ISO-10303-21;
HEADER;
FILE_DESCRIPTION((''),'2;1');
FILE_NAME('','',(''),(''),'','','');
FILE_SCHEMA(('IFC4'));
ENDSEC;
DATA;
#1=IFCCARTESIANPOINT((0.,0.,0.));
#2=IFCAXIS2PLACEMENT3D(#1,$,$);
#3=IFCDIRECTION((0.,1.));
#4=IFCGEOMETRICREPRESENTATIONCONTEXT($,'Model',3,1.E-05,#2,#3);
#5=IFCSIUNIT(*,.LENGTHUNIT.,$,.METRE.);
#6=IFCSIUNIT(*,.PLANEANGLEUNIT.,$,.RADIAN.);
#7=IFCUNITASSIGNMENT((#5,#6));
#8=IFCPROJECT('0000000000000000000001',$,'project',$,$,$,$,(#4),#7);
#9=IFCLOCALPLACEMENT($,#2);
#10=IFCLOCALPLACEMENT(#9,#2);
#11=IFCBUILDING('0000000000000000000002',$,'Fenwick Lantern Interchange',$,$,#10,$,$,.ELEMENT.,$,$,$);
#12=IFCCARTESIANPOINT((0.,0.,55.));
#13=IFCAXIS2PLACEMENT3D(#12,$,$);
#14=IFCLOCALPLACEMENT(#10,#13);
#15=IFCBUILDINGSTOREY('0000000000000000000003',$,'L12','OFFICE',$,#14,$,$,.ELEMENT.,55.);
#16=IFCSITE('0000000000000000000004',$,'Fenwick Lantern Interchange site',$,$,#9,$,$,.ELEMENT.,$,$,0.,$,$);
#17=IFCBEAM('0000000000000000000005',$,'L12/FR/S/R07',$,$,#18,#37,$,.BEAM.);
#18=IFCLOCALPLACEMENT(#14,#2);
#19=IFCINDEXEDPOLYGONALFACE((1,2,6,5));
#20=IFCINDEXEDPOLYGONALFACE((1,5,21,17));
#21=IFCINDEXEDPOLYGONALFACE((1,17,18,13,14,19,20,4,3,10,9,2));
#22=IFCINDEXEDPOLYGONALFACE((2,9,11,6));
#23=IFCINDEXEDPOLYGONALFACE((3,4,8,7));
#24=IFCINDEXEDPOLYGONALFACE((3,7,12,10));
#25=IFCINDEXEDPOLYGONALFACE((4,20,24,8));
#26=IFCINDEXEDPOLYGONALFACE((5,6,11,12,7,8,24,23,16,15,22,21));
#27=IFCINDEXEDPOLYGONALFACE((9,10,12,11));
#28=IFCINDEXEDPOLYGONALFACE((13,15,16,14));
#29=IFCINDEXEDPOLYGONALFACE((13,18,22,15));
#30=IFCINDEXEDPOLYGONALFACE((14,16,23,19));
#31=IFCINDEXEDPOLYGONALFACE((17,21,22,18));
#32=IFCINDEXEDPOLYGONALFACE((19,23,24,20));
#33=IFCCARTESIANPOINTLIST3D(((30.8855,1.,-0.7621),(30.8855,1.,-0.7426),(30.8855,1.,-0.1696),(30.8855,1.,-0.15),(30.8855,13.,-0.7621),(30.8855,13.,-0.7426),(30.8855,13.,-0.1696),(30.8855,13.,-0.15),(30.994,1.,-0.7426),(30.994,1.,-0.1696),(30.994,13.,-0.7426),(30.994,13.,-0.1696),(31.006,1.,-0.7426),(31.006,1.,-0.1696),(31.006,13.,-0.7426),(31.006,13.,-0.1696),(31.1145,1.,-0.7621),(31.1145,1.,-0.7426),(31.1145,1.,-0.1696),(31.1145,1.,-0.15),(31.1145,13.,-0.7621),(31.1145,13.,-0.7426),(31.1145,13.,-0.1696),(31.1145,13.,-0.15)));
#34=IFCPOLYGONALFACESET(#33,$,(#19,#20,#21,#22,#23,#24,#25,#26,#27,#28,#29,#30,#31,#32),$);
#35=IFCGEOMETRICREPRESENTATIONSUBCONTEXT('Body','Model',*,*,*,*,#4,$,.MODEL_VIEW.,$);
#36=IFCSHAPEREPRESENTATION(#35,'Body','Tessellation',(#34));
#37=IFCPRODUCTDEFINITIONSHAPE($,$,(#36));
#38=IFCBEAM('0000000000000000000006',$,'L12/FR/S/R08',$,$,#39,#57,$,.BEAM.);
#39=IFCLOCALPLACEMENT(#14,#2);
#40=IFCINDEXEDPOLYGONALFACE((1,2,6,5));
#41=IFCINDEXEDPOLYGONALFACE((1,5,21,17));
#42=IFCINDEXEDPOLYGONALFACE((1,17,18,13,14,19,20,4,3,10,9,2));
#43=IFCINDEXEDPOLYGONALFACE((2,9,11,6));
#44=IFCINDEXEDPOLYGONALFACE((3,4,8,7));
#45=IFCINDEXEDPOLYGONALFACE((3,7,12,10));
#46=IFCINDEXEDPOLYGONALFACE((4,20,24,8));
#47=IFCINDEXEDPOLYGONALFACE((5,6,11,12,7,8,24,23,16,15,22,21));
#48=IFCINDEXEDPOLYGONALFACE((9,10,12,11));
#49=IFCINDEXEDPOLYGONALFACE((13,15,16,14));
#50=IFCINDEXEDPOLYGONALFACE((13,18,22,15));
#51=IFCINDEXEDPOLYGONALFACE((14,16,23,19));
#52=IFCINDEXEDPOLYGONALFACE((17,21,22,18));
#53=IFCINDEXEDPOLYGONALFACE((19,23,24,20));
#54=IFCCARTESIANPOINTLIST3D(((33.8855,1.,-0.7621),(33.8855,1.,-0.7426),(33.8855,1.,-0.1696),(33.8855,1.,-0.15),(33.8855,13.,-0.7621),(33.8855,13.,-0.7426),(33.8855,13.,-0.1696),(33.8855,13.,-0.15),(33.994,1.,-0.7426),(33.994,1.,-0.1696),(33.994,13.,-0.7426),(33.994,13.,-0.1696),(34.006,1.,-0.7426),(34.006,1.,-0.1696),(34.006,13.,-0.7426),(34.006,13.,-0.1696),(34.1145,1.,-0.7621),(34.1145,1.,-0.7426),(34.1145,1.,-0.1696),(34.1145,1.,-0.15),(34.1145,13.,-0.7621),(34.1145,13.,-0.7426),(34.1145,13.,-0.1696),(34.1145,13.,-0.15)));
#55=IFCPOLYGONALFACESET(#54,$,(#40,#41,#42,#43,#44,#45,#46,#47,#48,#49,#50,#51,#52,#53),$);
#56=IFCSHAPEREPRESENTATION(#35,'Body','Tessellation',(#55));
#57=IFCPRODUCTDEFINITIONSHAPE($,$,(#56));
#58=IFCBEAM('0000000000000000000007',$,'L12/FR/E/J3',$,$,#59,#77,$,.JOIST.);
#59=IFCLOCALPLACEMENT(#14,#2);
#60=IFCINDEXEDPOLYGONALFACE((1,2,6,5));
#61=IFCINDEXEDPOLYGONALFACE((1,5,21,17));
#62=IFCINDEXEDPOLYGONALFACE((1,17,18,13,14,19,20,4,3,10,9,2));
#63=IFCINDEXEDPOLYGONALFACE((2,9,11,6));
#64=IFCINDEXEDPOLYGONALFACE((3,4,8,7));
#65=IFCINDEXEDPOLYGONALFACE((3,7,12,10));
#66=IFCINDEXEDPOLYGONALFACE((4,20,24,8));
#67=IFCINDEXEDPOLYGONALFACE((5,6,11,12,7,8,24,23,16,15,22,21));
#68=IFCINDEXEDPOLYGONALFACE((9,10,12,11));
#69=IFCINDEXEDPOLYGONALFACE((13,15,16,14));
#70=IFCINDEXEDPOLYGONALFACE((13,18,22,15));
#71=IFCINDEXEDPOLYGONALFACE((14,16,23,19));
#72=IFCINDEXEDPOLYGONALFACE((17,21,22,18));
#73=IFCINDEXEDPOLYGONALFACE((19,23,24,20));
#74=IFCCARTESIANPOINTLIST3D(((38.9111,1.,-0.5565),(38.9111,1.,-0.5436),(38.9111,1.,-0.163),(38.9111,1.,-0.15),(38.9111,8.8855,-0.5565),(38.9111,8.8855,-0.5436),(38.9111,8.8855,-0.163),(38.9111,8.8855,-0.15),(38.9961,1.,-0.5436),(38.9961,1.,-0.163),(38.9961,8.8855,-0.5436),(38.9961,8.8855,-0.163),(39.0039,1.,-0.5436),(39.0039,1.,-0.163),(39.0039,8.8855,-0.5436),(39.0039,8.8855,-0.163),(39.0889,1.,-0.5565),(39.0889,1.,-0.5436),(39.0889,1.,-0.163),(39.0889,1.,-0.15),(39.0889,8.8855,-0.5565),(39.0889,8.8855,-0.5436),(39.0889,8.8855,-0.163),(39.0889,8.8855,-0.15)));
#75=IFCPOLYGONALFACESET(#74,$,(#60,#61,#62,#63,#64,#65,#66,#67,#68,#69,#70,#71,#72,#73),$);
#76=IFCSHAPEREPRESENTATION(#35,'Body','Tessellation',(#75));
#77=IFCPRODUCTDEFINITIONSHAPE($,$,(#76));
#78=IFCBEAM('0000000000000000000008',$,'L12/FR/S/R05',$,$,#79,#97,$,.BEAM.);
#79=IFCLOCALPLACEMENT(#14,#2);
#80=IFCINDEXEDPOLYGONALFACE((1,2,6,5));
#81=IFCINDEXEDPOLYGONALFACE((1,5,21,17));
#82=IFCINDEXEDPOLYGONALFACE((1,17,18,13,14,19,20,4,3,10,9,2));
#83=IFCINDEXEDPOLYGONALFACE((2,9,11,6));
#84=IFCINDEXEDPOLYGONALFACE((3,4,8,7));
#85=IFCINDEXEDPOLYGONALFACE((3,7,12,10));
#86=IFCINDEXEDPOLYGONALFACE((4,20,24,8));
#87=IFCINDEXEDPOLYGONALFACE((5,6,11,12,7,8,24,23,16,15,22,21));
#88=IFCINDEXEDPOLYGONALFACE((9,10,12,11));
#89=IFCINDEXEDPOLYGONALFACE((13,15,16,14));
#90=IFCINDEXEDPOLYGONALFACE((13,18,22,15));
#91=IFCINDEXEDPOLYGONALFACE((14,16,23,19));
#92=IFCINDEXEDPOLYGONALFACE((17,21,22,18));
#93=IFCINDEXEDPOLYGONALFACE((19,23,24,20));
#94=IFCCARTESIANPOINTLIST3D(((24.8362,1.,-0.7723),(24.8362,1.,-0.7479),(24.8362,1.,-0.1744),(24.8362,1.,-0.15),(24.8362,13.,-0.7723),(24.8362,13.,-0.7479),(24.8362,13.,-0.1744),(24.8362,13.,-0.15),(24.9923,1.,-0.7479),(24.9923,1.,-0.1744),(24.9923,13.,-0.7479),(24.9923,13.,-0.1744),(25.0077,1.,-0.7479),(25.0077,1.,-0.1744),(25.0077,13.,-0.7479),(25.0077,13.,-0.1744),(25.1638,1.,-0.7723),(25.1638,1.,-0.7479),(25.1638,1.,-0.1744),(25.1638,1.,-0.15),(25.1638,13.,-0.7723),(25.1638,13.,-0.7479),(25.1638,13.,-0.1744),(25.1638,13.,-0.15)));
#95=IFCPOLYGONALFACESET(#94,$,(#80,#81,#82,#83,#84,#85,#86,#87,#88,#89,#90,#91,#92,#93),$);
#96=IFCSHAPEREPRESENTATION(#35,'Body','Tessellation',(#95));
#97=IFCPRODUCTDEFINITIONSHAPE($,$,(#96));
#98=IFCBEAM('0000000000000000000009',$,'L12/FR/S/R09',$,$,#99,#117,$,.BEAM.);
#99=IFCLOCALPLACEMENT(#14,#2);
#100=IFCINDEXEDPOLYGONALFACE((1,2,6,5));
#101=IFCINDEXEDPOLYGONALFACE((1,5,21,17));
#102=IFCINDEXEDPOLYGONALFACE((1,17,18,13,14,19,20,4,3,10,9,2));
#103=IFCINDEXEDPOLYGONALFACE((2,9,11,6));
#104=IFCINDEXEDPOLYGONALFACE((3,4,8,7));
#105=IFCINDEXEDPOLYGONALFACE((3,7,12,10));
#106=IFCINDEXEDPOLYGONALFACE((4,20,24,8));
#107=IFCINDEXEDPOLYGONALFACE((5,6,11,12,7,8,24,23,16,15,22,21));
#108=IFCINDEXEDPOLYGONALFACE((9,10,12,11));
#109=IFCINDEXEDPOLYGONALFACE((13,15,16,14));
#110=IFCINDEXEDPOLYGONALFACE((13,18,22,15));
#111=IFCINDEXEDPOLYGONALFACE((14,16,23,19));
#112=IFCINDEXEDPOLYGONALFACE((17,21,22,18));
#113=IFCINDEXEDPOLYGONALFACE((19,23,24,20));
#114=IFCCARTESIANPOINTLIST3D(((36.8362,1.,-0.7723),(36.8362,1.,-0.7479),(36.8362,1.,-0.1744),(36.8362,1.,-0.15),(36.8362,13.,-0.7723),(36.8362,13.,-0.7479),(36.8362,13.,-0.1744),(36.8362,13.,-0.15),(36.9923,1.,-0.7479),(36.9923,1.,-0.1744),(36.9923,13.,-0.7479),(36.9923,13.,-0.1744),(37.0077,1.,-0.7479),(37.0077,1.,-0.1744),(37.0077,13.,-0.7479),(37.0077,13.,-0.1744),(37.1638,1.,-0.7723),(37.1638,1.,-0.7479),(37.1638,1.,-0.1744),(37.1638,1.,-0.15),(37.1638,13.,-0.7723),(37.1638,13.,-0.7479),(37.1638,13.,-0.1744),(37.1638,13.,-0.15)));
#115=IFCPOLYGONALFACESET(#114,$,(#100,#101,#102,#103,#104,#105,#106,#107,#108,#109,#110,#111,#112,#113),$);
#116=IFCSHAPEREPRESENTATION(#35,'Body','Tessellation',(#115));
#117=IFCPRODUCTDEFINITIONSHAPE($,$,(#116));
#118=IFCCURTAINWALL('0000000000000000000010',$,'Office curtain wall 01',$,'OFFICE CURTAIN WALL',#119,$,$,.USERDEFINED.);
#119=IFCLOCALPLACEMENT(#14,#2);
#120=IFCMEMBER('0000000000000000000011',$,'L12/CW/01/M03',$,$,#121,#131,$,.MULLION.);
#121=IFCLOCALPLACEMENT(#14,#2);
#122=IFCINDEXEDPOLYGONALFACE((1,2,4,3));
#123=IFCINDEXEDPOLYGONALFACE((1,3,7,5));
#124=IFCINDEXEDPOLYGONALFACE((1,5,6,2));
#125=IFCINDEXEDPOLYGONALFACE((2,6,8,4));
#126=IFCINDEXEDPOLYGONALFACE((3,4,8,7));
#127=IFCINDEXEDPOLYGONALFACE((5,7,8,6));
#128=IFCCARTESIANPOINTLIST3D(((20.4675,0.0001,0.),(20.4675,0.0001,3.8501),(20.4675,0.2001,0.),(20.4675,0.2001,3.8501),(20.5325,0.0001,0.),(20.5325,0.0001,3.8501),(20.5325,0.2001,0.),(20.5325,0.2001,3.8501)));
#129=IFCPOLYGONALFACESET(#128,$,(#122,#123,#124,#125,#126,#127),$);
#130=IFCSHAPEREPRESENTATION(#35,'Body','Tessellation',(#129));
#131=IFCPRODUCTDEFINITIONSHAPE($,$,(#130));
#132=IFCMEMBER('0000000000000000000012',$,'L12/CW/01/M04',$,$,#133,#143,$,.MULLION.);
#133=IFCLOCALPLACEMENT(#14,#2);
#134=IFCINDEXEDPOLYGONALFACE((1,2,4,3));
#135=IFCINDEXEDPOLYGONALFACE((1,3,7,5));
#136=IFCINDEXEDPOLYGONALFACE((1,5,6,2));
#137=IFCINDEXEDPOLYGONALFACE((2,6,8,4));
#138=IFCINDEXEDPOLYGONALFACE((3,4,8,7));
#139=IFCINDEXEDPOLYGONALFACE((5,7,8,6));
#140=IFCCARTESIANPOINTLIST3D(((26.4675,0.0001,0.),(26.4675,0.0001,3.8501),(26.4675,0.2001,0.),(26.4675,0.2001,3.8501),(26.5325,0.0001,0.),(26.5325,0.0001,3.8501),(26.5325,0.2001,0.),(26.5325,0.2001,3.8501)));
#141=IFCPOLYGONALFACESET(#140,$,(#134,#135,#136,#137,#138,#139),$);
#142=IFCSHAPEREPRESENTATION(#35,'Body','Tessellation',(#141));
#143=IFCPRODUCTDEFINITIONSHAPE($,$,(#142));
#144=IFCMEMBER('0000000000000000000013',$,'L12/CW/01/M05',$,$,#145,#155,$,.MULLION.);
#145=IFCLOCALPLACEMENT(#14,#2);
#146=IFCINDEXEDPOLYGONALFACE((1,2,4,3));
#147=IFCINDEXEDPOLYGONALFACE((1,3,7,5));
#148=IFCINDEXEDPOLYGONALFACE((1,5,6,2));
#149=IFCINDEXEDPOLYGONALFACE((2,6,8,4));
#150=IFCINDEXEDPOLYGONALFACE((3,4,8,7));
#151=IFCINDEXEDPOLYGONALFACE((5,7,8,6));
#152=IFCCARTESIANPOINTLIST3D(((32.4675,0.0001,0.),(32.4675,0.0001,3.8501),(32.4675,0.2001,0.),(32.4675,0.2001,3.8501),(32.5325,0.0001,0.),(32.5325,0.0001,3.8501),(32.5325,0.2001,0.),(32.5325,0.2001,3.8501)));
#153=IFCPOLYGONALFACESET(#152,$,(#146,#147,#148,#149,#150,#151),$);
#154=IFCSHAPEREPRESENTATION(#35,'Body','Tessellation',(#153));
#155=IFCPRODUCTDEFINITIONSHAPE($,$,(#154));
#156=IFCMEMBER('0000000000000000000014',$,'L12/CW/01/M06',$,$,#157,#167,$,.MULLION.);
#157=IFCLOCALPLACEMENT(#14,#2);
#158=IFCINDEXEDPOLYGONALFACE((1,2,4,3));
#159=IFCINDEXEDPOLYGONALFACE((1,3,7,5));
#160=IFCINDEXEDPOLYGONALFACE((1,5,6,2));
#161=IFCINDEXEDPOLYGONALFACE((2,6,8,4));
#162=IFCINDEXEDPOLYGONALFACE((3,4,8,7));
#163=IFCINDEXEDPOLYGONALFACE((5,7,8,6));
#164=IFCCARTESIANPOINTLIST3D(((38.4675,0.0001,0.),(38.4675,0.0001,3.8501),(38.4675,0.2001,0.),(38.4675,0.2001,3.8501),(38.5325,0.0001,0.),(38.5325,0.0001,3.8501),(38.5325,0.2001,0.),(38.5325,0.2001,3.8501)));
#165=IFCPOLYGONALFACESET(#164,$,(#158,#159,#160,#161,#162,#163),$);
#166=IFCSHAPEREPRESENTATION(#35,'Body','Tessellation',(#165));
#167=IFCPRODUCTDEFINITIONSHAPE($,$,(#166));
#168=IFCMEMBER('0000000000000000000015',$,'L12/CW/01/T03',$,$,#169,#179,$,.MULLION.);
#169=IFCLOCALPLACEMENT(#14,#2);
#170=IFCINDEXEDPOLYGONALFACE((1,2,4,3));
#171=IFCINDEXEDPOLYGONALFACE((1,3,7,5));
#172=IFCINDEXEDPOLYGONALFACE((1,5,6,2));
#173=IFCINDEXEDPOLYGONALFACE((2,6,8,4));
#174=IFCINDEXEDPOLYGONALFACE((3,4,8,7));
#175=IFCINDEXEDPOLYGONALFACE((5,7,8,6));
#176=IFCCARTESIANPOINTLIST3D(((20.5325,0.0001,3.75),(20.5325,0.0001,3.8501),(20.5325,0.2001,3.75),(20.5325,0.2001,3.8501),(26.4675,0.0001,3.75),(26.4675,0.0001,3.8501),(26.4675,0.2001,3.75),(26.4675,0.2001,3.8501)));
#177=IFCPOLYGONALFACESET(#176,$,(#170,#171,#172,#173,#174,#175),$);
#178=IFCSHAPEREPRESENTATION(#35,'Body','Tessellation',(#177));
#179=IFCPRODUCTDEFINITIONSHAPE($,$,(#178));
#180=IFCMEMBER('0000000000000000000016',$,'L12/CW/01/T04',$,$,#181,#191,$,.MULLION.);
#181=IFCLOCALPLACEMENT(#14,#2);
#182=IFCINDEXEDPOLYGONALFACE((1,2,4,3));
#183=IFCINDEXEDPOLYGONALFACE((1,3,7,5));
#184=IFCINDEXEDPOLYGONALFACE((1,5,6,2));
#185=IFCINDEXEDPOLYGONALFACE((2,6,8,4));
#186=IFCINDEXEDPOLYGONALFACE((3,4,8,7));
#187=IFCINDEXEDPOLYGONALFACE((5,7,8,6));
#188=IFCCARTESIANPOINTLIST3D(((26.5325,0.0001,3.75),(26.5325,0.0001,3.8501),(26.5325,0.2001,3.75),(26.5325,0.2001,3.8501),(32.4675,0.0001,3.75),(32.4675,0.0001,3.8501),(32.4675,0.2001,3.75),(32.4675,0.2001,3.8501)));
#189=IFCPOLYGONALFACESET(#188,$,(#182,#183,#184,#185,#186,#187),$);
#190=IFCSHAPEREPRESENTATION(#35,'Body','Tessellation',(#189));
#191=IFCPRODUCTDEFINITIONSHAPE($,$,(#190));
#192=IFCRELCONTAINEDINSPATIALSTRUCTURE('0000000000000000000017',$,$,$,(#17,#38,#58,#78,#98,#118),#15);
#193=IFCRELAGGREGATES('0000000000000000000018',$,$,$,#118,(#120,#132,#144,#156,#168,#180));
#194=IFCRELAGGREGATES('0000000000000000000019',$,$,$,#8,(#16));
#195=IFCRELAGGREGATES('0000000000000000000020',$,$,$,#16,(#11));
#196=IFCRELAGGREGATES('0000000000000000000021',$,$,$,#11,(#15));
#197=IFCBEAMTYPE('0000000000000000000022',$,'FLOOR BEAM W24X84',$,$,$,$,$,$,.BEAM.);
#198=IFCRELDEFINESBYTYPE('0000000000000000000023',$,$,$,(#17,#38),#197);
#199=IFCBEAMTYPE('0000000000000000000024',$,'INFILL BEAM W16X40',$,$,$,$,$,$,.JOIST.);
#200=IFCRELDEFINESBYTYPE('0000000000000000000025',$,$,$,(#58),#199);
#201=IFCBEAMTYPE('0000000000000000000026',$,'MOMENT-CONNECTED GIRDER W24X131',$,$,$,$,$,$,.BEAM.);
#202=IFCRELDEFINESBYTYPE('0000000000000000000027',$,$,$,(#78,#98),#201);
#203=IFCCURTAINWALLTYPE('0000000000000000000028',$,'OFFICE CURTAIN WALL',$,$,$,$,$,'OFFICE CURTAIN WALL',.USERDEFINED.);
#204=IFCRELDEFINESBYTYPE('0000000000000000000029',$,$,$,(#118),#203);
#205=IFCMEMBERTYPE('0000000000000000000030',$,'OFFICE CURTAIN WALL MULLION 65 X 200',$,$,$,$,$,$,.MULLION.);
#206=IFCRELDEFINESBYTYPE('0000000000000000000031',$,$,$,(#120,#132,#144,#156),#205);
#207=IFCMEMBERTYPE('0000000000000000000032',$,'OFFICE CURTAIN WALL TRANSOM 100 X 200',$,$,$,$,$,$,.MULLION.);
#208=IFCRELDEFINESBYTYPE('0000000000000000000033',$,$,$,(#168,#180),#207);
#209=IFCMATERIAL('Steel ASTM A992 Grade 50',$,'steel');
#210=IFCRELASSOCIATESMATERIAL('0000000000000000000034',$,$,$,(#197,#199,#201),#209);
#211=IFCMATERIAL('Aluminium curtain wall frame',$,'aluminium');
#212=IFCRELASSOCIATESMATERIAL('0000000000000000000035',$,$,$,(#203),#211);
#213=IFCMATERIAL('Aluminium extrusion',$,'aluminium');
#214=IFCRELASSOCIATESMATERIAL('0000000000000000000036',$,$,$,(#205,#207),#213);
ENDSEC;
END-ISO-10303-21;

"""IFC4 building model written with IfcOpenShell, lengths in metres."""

from ifc_helpers import new_model, si_unit, direction, frame, origin, origin_2d, place, context, subcontext, project, spatial, rectangle, i_section, extrude, material, material_profile, profile_set, type_object, element, aggregate, save


model = new_model("IFC4")

# Units and contexts
model_context = context("Model", 3, precision=1e-05, world=origin(), true_north=direction((0.0, 1.0)))
body_context = subcontext(model_context, "Body", "Model", "MODEL_VIEW")
ifc_project = project(units=[si_unit("LENGTHUNIT", "METRE"), si_unit("PLANEANGLEUNIT", "RADIAN")], contexts=[model_context])

# Site, building, storey
site_placement = place(None, origin())
site = spatial("IfcSite", under=ifc_project, at=site_placement, Name="Fenwick Lantern Interchange site", CompositionType="ELEMENT", RefElevation=0.0)
building_placement = place(site_placement, origin())
building = spatial("IfcBuilding", under=site, at=building_placement, Name="Fenwick Lantern Interchange", CompositionType="ELEMENT")
storey_placement = place(building_placement, frame((0.0, 0.0, 55.0)))
storey = spatial("IfcBuildingStorey", under=building, at=storey_placement, Name="L12", Description="OFFICE", CompositionType="ELEMENT", Elevation=55.0)

# Shared definitions
ifc_material_1 = material(Name="Steel ASTM A992 Grade 50", Category="steel")

# Beams
ifc_material_profile_1 = material_profile(ifc_material_1, i_section(OverallWidth=0.229, OverallDepth=0.6121, WebThickness=0.012, FlangeThickness=0.0195, at=origin_2d()), Name="W24X84")
ifc_profile_set_1 = profile_set([ifc_material_profile_1], Name="Steel ASTM A992 Grade 50")
beam_type_1 = type_object("IfcBeamType", Name="FLOOR BEAM W24X84", PredefinedType="BEAM", material=ifc_profile_set_1)
for number, where, z_axis, x_axis, name in (
    (1, (31.0, 1.0, -0.4561), (0.0, 1.0, 0.0), (-1.0, 0.0, 0.0), "L12/FR/S/R07"),
    (2, (34.0, 1.0, -0.4561), (0.0, 1.0, 0.0), (-1.0, 0.0, 0.0), "L12/FR/S/R08"),
):
    element("IfcBeam", number, at=place(storey_placement, frame(where, z_axis=z_axis, x_axis=x_axis)), inside=storey, type_object=beam_type_1, Name=name, PredefinedType="BEAM", context=body_context, shape_type="SweptSolid", body=[
        extrude(i_section(OverallWidth=0.229, OverallDepth=0.6121, WebThickness=0.012, FlangeThickness=0.0195, at=origin_2d()), origin(), (0.0, 0.0, 1.0), 12.0),
    ])
ifc_material_profile_2 = material_profile(ifc_material_1, i_section(OverallWidth=0.1777, OverallDepth=0.4065, WebThickness=0.0078, FlangeThickness=0.0129, at=origin_2d()), Name="W16X40")
ifc_profile_set_2 = profile_set([ifc_material_profile_2], Name="Steel ASTM A992 Grade 50")
beam_type_2 = type_object("IfcBeamType", Name="INFILL BEAM W16X40", PredefinedType="JOIST", material=ifc_profile_set_2)
beam_1_placement = place(storey_placement, frame((39.0, 1.0, -0.3533), z_axis=(0.0, 1.0, 0.0), x_axis=(-1.0, 0.0, 0.0)))
element("IfcBeam", 3, at=beam_1_placement, inside=storey, type_object=beam_type_2, Name="L12/FR/E/J3", PredefinedType="JOIST", context=body_context, shape_type="SweptSolid", body=[
    extrude(i_section(OverallWidth=0.1777, OverallDepth=0.4065, WebThickness=0.0078, FlangeThickness=0.0129, at=origin_2d()), origin(), (0.0, 0.0, 1.0), 7.8855),
])
ifc_material_profile_3 = material_profile(ifc_material_1, i_section(OverallWidth=0.3276, OverallDepth=0.6223, WebThickness=0.0154, FlangeThickness=0.0244, at=origin_2d()), Name="W24X131")
ifc_profile_set_3 = profile_set([ifc_material_profile_3], Name="Steel ASTM A992 Grade 50")
beam_type_3 = type_object("IfcBeamType", Name="MOMENT-CONNECTED GIRDER W24X131", PredefinedType="BEAM", material=ifc_profile_set_3)
for number, where, z_axis, x_axis, name in (
    (4, (25.0, 1.0, -0.4612), (0.0, 1.0, 0.0), (-1.0, 0.0, 0.0), "L12/FR/S/R05"),
    (5, (37.0, 1.0, -0.4612), (0.0, 1.0, 0.0), (-1.0, 0.0, 0.0), "L12/FR/S/R09"),
):
    element("IfcBeam", number, at=place(storey_placement, frame(where, z_axis=z_axis, x_axis=x_axis)), inside=storey, type_object=beam_type_3, Name=name, PredefinedType="BEAM", context=body_context, shape_type="SweptSolid", body=[
        extrude(i_section(OverallWidth=0.3276, OverallDepth=0.6223, WebThickness=0.0154, FlangeThickness=0.0244, at=origin_2d()), origin(), (0.0, 0.0, 1.0), 12.0),
    ])

# Curtain wall, members
ifc_material_2 = material(Name="Aluminium curtain wall frame", Category="aluminium")
curtain_wall_type = type_object("IfcCurtainWallType", Name="OFFICE CURTAIN WALL", ElementType="OFFICE CURTAIN WALL", PredefinedType="USERDEFINED", material=ifc_material_2)
curtain_wall_placement = place(storey_placement, origin())
curtain_wall = element("IfcCurtainWall", 6, at=curtain_wall_placement, inside=storey, type_object=curtain_wall_type, Name="Office curtain wall 01", ObjectType="OFFICE CURTAIN WALL", PredefinedType="USERDEFINED")
ifc_material_3 = material(Name="Aluminium extrusion", Category="aluminium")
ifc_material_profile_4 = material_profile(ifc_material_3, rectangle(XDim=0.2, YDim=0.0649, at=origin_2d()), Name="OFFICE CURTAIN WALL MULLION 65 X 200")
ifc_profile_set_4 = profile_set([ifc_material_profile_4], Name="Aluminium extrusion")
member_type_1 = type_object("IfcMemberType", Name="OFFICE CURTAIN WALL MULLION 65 X 200", PredefinedType="MULLION", material=ifc_profile_set_4)
member_1_placement = place(storey_placement, frame((20.5, 0.1001, 0.0), z_axis=(0.0, 0.0, 1.0), x_axis=(0.0, 1.0, 0.0)))
member_1 = element("IfcMember", 7, at=member_1_placement, type_object=member_type_1, Name="L12/CW/01/M03", PredefinedType="MULLION", context=body_context, shape_type="SweptSolid", body=[
    extrude(rectangle(XDim=0.2, YDim=0.0649, at=origin_2d()), origin(), (0.0, 0.0, 1.0), 3.8501),
])
member_2_placement = place(storey_placement, frame((26.5, 0.1001, 0.0), z_axis=(0.0, 0.0, 1.0), x_axis=(0.0, 1.0, 0.0)))
member_2 = element("IfcMember", 8, at=member_2_placement, type_object=member_type_1, Name="L12/CW/01/M04", PredefinedType="MULLION", context=body_context, shape_type="SweptSolid", body=[
    extrude(rectangle(XDim=0.2, YDim=0.0649, at=origin_2d()), origin(), (0.0, 0.0, 1.0), 3.8501),
])
member_3_placement = place(storey_placement, frame((32.5, 0.1001, 0.0), z_axis=(0.0, 0.0, 1.0), x_axis=(0.0, 1.0, 0.0)))
member_3 = element("IfcMember", 9, at=member_3_placement, type_object=member_type_1, Name="L12/CW/01/M05", PredefinedType="MULLION", context=body_context, shape_type="SweptSolid", body=[
    extrude(rectangle(XDim=0.2, YDim=0.0649, at=origin_2d()), origin(), (0.0, 0.0, 1.0), 3.8501),
])
member_4_placement = place(storey_placement, frame((38.5, 0.1001, 0.0), z_axis=(0.0, 0.0, 1.0), x_axis=(0.0, 1.0, 0.0)))
member_4 = element("IfcMember", 10, at=member_4_placement, type_object=member_type_1, Name="L12/CW/01/M06", PredefinedType="MULLION", context=body_context, shape_type="SweptSolid", body=[
    extrude(rectangle(XDim=0.2, YDim=0.0649, at=origin_2d()), origin(), (0.0, 0.0, 1.0), 3.8501),
])
ifc_material_profile_5 = material_profile(ifc_material_3, rectangle(XDim=0.2, YDim=0.1001, at=origin_2d()), Name="OFFICE CURTAIN WALL TRANSOM 100 X 200")
ifc_profile_set_5 = profile_set([ifc_material_profile_5], Name="Aluminium extrusion")
member_type_2 = type_object("IfcMemberType", Name="OFFICE CURTAIN WALL TRANSOM 100 X 200", PredefinedType="MULLION", material=ifc_profile_set_5)
member_5_placement = place(storey_placement, frame((20.5325, 0.1001, 3.8), z_axis=(1.0, 0.0, 0.0), x_axis=(0.0, 1.0, 0.0)))
member_5 = element("IfcMember", 11, at=member_5_placement, type_object=member_type_2, Name="L12/CW/01/T03", PredefinedType="MULLION", context=body_context, shape_type="SweptSolid", body=[
    extrude(rectangle(XDim=0.2, YDim=0.1001, at=origin_2d()), origin(), (0.0, 0.0, 1.0), 5.9351),
])
member_6_placement = place(storey_placement, frame((26.5325, 0.1001, 3.8), z_axis=(1.0, 0.0, 0.0), x_axis=(0.0, 1.0, 0.0)))
member_6 = element("IfcMember", 12, at=member_6_placement, type_object=member_type_2, Name="L12/CW/01/T04", PredefinedType="MULLION", context=body_context, shape_type="SweptSolid", body=[
    extrude(rectangle(XDim=0.2, YDim=0.1001, at=origin_2d()), origin(), (0.0, 0.0, 1.0), 5.9351),
])
aggregate(curtain_wall, [member_1, member_2, member_3, member_4, member_5, member_6])

save(model, "model.ifc")
